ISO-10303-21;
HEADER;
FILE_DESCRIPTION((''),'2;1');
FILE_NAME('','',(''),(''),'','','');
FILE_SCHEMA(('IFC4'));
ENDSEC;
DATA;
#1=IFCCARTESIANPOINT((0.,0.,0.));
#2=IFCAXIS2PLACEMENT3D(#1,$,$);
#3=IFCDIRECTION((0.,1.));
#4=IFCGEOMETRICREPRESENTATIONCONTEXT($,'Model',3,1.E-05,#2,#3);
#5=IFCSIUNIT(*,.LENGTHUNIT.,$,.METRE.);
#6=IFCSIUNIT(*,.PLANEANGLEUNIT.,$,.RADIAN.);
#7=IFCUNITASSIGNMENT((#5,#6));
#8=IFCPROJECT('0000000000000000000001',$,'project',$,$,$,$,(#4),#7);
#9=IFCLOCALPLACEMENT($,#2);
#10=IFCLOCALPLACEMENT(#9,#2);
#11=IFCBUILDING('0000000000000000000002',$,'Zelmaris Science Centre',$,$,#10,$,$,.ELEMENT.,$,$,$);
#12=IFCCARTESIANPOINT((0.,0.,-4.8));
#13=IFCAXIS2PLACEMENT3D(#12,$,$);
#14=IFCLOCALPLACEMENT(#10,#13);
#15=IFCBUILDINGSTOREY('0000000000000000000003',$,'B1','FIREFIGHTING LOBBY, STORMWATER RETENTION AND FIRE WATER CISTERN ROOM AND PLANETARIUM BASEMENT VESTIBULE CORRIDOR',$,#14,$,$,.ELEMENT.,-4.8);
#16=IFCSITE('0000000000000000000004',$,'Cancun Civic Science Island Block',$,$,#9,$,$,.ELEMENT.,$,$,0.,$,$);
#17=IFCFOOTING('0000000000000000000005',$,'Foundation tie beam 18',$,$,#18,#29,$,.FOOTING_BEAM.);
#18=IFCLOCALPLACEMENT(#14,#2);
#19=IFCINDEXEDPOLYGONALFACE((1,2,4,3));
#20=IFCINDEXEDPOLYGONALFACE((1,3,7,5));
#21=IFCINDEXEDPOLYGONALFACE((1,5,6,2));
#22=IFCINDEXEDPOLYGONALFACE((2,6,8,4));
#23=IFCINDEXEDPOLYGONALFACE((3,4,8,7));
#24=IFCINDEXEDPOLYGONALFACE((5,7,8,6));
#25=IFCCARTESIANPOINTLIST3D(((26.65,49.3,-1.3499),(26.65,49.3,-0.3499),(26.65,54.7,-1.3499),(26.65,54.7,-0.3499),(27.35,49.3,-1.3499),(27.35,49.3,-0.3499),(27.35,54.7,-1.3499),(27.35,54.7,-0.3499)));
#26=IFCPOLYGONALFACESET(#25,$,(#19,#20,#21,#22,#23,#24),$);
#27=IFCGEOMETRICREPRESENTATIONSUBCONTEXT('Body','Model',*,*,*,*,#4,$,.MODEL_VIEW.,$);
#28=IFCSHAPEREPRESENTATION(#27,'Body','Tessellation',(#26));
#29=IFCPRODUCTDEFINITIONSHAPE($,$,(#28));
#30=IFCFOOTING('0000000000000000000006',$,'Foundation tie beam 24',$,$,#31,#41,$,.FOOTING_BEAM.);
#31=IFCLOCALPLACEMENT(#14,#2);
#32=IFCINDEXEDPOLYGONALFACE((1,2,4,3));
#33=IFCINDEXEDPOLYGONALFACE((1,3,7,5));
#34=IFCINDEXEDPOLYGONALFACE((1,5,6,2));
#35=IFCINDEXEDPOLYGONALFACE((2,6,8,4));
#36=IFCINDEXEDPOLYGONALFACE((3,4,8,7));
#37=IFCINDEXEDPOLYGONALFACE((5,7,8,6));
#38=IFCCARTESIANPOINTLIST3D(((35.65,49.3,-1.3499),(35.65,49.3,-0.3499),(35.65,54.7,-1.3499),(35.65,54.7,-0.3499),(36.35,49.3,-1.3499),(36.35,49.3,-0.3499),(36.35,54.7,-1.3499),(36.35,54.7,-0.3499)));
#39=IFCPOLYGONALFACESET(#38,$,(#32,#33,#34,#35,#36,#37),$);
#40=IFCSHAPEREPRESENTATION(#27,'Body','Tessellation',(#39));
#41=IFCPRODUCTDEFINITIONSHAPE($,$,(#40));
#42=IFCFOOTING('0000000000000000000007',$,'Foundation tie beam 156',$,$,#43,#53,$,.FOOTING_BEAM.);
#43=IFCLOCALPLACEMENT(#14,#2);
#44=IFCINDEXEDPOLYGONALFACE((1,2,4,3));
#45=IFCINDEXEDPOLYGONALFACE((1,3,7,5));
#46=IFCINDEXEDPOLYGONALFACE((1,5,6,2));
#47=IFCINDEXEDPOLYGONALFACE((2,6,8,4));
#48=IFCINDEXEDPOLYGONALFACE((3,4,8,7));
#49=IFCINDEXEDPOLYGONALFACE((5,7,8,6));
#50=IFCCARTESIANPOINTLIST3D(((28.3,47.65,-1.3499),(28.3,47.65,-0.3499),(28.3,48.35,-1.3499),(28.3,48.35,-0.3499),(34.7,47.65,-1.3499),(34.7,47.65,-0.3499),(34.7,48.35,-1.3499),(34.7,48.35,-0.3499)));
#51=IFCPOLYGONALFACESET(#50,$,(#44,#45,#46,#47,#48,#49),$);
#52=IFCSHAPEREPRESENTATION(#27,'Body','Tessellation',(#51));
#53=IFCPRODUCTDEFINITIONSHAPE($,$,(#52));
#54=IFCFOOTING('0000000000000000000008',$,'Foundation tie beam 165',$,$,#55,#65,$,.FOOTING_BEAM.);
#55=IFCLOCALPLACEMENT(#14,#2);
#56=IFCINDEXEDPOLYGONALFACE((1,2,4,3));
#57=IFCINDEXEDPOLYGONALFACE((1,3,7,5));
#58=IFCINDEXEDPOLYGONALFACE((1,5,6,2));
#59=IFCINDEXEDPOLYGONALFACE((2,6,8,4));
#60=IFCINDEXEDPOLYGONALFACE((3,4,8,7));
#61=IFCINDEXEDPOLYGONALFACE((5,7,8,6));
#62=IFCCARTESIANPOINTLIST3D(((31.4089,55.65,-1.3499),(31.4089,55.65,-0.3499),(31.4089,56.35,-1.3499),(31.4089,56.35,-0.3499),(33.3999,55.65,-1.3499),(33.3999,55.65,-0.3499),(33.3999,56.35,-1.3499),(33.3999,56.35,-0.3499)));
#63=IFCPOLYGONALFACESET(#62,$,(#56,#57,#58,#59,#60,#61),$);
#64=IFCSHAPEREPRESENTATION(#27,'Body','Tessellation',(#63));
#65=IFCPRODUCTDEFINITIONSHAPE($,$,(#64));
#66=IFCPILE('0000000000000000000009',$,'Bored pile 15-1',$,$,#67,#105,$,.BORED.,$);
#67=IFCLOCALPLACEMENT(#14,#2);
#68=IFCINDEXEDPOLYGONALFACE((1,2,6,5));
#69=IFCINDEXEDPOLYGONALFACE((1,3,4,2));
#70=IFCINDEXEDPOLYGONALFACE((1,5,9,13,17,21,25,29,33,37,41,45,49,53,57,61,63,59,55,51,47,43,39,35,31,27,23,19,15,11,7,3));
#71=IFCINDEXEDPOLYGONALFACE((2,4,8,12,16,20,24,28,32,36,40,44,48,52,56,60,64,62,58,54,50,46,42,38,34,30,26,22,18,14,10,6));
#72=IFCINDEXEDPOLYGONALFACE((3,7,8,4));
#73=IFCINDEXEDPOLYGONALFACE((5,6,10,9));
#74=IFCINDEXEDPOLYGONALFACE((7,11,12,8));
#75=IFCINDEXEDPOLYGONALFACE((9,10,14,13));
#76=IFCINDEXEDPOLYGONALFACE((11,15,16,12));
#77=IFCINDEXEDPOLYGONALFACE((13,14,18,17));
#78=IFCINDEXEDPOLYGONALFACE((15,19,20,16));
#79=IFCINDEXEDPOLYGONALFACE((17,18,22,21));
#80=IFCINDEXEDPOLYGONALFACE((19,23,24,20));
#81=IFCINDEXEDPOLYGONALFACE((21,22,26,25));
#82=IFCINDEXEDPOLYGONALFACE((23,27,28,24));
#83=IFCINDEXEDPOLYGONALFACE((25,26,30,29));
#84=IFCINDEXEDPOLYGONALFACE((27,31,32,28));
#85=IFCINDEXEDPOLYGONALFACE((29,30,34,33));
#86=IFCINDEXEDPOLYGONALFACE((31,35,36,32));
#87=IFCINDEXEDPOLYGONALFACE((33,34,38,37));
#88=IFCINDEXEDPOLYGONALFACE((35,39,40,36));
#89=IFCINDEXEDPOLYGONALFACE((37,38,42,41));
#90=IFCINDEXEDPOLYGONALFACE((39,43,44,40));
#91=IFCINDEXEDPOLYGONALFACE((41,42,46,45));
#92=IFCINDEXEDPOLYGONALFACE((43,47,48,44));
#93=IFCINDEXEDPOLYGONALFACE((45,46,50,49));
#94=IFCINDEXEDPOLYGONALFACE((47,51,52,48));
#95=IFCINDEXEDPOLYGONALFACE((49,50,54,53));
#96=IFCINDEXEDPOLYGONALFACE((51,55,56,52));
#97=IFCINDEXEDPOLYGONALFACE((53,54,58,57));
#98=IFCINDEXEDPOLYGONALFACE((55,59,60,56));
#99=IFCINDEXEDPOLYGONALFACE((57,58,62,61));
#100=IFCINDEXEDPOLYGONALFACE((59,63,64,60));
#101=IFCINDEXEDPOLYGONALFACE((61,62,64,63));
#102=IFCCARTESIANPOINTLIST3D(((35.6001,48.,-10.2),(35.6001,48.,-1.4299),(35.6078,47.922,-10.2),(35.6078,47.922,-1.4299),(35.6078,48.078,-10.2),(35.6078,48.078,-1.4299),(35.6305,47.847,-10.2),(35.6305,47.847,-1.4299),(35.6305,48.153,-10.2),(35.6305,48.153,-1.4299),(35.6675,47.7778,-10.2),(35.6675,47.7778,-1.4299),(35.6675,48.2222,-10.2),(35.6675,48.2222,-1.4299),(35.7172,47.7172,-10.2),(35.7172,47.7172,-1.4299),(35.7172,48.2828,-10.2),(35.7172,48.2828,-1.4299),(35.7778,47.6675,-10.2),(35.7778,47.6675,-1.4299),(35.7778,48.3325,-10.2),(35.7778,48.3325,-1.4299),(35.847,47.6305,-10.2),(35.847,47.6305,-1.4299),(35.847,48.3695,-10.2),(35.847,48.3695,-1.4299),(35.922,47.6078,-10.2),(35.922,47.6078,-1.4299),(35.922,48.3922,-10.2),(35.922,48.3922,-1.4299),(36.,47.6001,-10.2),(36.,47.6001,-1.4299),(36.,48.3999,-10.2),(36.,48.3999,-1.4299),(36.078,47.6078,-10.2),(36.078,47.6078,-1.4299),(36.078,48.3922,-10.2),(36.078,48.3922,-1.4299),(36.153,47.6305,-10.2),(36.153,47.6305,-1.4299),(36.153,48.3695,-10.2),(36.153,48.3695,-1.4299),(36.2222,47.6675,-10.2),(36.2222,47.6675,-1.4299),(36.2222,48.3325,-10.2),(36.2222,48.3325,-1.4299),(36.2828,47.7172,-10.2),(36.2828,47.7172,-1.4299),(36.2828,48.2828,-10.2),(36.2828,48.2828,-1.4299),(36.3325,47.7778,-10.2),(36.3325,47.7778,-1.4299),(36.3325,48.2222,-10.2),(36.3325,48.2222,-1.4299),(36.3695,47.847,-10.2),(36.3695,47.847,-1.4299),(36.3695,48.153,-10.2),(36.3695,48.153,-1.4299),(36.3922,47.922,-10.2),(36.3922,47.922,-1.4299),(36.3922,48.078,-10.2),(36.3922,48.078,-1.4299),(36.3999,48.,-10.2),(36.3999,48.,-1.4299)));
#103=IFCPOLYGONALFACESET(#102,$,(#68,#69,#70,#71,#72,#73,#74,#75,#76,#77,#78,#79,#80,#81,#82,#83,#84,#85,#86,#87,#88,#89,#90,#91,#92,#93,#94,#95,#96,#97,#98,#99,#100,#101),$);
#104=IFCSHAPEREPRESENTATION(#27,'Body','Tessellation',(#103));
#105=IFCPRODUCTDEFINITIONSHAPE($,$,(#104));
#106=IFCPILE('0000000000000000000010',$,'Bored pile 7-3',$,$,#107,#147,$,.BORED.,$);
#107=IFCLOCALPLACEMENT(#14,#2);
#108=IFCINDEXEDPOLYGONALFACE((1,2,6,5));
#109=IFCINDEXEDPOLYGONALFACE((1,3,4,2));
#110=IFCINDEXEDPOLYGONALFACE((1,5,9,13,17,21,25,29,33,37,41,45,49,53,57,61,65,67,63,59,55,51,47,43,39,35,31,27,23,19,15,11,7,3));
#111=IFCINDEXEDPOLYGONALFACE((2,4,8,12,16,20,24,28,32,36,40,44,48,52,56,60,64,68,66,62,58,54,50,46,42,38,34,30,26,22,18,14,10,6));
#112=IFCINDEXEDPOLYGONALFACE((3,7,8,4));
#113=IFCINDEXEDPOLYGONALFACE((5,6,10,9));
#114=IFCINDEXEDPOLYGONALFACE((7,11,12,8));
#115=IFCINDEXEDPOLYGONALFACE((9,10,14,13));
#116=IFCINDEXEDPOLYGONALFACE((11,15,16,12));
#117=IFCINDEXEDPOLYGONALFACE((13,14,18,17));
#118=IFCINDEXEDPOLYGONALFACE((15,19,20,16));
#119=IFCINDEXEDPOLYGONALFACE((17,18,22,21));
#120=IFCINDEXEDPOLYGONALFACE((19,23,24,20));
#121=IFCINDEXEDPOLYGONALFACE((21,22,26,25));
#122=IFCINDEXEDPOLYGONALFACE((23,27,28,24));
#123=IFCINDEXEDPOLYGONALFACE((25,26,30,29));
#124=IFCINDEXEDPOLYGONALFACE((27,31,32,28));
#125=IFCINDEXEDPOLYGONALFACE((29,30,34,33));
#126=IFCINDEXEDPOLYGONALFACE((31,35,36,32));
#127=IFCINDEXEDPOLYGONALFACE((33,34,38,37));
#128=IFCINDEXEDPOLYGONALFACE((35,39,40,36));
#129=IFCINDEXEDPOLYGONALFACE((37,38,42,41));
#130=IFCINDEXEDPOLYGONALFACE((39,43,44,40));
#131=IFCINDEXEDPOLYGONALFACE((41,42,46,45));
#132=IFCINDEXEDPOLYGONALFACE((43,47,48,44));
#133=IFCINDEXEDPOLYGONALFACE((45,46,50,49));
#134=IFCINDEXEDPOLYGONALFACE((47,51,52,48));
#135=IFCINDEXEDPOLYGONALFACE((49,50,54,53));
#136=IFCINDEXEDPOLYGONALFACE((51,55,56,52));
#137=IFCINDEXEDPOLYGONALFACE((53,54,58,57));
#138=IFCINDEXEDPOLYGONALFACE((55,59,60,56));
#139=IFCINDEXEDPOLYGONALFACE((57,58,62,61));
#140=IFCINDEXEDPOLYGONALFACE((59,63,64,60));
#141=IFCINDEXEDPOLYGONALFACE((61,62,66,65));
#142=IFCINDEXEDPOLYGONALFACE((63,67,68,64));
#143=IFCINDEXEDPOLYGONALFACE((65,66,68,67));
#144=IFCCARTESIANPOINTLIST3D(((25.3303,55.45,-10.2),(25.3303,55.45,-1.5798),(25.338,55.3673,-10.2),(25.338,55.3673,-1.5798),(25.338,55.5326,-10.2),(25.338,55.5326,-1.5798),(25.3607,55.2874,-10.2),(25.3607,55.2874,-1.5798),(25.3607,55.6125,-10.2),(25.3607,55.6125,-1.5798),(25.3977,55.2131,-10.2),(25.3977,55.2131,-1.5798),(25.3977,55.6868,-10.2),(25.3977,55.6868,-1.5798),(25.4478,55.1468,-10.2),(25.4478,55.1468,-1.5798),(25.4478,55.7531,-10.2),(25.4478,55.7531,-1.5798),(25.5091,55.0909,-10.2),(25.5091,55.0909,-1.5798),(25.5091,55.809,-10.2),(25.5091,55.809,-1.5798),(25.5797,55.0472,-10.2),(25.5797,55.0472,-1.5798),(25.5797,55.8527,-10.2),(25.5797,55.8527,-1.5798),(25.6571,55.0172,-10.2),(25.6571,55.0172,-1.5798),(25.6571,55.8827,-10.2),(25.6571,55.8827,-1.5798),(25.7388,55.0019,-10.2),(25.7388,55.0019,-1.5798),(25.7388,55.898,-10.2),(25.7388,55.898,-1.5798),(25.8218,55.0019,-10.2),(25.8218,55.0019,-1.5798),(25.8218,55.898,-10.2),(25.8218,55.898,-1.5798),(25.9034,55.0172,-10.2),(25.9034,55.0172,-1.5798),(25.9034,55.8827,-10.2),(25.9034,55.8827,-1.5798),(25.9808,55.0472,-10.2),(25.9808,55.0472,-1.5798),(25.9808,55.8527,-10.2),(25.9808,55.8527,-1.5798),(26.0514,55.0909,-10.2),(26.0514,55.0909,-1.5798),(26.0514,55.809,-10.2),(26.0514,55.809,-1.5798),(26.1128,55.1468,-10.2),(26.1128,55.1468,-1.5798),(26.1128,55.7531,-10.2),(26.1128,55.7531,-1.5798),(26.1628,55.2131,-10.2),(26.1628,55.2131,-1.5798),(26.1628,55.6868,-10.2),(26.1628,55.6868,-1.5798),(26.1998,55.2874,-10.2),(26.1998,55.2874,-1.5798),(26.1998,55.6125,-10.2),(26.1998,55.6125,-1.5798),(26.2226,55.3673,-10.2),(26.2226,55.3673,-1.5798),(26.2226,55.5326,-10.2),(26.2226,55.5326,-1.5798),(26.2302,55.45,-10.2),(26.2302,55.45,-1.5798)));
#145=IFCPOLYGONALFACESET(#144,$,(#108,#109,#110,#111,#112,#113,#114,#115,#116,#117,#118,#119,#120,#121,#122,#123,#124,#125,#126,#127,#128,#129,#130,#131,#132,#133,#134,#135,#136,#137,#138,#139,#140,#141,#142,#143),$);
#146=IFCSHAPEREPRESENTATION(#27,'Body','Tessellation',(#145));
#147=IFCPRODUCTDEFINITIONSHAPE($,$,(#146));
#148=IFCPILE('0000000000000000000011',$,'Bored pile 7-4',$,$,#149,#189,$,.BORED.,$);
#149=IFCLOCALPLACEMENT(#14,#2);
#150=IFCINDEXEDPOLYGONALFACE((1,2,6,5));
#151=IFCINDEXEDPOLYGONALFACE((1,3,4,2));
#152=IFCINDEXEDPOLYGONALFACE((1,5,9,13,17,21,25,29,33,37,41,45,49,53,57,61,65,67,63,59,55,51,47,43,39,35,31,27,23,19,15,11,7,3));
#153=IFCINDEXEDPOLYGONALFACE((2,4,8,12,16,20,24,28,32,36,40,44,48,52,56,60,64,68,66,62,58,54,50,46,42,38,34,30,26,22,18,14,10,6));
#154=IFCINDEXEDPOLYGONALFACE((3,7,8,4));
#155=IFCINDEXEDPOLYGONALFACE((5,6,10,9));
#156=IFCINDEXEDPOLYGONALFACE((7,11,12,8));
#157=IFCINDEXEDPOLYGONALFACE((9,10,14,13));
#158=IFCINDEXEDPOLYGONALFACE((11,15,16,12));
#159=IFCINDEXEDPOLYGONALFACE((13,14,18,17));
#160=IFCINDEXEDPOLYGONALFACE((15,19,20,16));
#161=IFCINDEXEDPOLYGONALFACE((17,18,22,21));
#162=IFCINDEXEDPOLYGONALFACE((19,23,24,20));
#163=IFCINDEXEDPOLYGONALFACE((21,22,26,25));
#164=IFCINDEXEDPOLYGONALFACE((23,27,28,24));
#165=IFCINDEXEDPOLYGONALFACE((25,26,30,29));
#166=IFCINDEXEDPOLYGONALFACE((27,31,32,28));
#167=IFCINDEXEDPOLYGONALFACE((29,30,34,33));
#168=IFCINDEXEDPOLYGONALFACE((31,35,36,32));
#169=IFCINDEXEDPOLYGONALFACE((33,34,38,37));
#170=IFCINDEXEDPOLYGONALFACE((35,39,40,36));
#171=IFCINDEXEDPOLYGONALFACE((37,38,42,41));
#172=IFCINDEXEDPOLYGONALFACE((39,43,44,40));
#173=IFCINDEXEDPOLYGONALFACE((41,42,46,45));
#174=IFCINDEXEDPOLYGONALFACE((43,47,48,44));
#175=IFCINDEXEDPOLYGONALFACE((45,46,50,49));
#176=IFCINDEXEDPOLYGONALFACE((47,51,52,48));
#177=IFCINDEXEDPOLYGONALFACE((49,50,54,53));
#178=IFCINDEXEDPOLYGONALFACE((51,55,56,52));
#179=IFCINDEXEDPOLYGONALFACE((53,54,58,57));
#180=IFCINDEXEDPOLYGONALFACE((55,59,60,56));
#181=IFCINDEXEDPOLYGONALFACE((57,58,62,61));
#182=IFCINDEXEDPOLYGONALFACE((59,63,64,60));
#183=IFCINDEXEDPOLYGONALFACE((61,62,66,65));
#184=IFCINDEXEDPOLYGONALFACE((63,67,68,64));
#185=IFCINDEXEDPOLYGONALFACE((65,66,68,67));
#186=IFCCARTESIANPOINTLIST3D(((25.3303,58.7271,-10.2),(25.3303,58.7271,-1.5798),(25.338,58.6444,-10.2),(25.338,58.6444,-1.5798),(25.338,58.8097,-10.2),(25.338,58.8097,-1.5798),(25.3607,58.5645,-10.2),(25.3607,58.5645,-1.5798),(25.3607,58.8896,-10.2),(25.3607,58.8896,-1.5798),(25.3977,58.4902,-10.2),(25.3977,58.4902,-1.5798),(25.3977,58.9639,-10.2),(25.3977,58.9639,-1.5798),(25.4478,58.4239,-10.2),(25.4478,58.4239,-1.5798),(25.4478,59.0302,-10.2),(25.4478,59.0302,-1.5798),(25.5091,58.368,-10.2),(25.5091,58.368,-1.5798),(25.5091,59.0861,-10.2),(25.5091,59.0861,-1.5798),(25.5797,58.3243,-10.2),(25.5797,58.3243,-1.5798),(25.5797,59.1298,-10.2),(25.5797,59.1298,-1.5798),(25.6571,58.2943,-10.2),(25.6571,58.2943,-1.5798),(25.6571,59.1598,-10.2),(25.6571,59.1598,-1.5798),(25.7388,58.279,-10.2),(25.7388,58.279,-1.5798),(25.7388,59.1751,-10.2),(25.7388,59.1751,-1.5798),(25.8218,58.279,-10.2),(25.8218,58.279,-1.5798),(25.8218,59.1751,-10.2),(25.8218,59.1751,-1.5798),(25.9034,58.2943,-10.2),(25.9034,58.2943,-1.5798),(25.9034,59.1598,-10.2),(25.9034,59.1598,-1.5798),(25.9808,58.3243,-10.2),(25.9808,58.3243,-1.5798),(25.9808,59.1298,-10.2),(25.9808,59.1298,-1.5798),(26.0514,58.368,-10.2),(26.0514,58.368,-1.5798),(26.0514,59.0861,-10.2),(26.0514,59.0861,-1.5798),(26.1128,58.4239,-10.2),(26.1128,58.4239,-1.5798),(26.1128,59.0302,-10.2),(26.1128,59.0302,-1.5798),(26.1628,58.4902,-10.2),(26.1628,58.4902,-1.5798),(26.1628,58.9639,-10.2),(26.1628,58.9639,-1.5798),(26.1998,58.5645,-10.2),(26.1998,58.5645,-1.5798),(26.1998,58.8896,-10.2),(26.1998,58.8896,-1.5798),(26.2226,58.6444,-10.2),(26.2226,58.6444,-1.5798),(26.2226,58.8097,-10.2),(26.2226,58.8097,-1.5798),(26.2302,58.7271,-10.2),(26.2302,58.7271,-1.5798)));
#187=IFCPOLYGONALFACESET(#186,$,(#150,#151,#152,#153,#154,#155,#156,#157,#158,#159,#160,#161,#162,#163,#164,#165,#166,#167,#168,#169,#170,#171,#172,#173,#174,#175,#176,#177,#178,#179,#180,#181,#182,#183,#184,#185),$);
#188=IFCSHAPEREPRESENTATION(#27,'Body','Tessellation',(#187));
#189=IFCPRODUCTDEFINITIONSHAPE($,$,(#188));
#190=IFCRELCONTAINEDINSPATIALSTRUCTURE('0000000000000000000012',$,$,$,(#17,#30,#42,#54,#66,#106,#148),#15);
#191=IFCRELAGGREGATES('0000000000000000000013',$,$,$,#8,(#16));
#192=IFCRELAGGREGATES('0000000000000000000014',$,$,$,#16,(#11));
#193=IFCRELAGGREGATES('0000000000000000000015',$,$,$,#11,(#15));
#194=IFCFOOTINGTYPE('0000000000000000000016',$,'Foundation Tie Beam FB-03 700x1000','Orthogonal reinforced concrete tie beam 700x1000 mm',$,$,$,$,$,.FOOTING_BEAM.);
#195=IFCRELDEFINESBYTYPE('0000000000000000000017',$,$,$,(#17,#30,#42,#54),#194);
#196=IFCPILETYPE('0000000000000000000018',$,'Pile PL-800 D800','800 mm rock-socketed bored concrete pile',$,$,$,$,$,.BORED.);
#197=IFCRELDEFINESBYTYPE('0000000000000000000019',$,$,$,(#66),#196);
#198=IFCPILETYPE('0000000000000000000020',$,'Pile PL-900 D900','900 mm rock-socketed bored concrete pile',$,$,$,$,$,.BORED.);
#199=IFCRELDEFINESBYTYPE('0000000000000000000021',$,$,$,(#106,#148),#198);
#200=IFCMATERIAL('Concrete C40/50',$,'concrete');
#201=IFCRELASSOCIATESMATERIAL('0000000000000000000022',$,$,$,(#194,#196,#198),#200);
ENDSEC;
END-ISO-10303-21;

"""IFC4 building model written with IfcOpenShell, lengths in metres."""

from ifc_helpers import new_model, si_unit, direction, frame, origin, origin_2d, place, context, subcontext, project, spatial, rectangle, circle, extrude, material, material_profile, profile_set, type_object, element, save


model = new_model("IFC4")

# Units and contexts
model_context = context("Model", 3, precision=1e-05, world=origin(), true_north=direction((0.0, 1.0)))
body_context = subcontext(model_context, "Body", "Model", "MODEL_VIEW")
ifc_project = project(units=[si_unit("LENGTHUNIT", "METRE"), si_unit("PLANEANGLEUNIT", "RADIAN")], contexts=[model_context])

# Site, building, storey
site_placement = place(None, origin())
site = spatial("IfcSite", under=ifc_project, at=site_placement, Name="Cancun Civic Science Island Block", CompositionType="ELEMENT", RefElevation=0.0)
building_placement = place(site_placement, origin())
building = spatial("IfcBuilding", under=site, at=building_placement, Name="Zelmaris Science Centre", CompositionType="ELEMENT")
storey_placement = place(building_placement, frame((0.0, 0.0, -4.8)))
storey = spatial("IfcBuildingStorey", under=building, at=storey_placement, Name="B1", Description="FIREFIGHTING LOBBY, STORMWATER RETENTION AND FIRE WATER CISTERN ROOM AND PLANETARIUM BASEMENT VESTIBULE CORRIDOR", CompositionType="ELEMENT", Elevation=-4.8)

# Footings
ifc_material_1 = material(Name="Concrete C40/50", Category="concrete")
ifc_material_profile_1 = material_profile(ifc_material_1, rectangle(XDim=0.7, YDim=1.0, at=origin_2d()), Name="FB-700X1000")
ifc_profile_set_1 = profile_set([ifc_material_profile_1], Name="Concrete C40/50")
footing_type = type_object("IfcFootingType", Name="Foundation Tie Beam FB-03 700x1000", Description="Orthogonal reinforced concrete tie beam 700x1000 mm", PredefinedType="FOOTING_BEAM", material=ifc_profile_set_1)
for number, where, z_axis, x_axis, name in (
    (1, (27.0, 49.3, -0.8499), (0.0, 1.0, 0.0), (-1.0, 0.0, 0.0), "Foundation tie beam 18"),
    (2, (36.0, 49.3, -0.8499), (0.0, 1.0, 0.0), (-1.0, 0.0, 0.0), "Foundation tie beam 24"),
):
    element("IfcFooting", number, at=place(storey_placement, frame(where, z_axis=z_axis, x_axis=x_axis)), inside=storey, type_object=footing_type, Name=name, PredefinedType="FOOTING_BEAM", context=body_context, shape_type="SweptSolid", body=[
        extrude(rectangle(XDim=0.7, YDim=1.0, at=origin_2d()), origin(), (0.0, 0.0, 1.0), 5.3999),
    ])
footing_1_placement = place(storey_placement, frame((28.3, 48.0, -0.8499), z_axis=(1.0, 0.0, 0.0), x_axis=(0.0, 1.0, 0.0)))
element("IfcFooting", 3, at=footing_1_placement, inside=storey, type_object=footing_type, Name="Foundation tie beam 156", PredefinedType="FOOTING_BEAM", context=body_context, shape_type="SweptSolid", body=[
    extrude(rectangle(XDim=0.7, YDim=1.0, at=origin_2d()), origin(), (0.0, 0.0, 1.0), 6.3999),
])
footing_2_placement = place(storey_placement, frame((31.4089, 56.0, -0.8499), z_axis=(1.0, 0.0, 0.0), x_axis=(0.0, 1.0, 0.0)))
element("IfcFooting", 4, at=footing_2_placement, inside=storey, type_object=footing_type, Name="Foundation tie beam 165", PredefinedType="FOOTING_BEAM", context=body_context, shape_type="SweptSolid", body=[
    extrude(rectangle(XDim=0.7, YDim=1.0, at=origin_2d()), origin(), (0.0, 0.0, 1.0), 1.991),
])

# Piles
ifc_material_profile_2 = material_profile(ifc_material_1, circle(Radius=0.3999, at=origin_2d()), Name="PILE-800")
ifc_profile_set_2 = profile_set([ifc_material_profile_2], Name="Concrete C40/50")
pile_type_1 = type_object("IfcPileType", Name="Pile PL-800 D800", Description="800 mm rock-socketed bored concrete pile", PredefinedType="BORED", material=ifc_profile_set_2)
pile_placement = place(storey_placement, frame((36.0, 48.0, -1.4299), z_axis=(0.0, 0.0, -1.0), x_axis=(1.0, 0.0, 0.0)))
element("IfcPile", 5, at=pile_placement, inside=storey, type_object=pile_type_1, Name="Bored pile 15-1", PredefinedType="BORED", context=body_context, shape_type="SweptSolid", body=[
    extrude(circle(Radius=0.3999, at=origin_2d()), origin(), (0.0, 0.0, 1.0), 8.77),
])
ifc_material_profile_3 = material_profile(ifc_material_1, circle(Radius=0.45, at=origin_2d()), Name="PILE-900")
ifc_profile_set_3 = profile_set([ifc_material_profile_3], Name="Concrete C40/50")
pile_type_2 = type_object("IfcPileType", Name="Pile PL-900 D900", Description="900 mm rock-socketed bored concrete pile", PredefinedType="BORED", material=ifc_profile_set_3)
for number, where, z_axis, x_axis, name in (
    (6, (25.7803, 55.45, -1.5798), (0.0, 0.0, -1.0), (1.0, 0.0, 0.0), "Bored pile 7-3"),
    (7, (25.7803, 58.7271, -1.5798), (0.0, 0.0, -1.0), (1.0, 0.0, 0.0), "Bored pile 7-4"),
):
    element("IfcPile", number, at=place(storey_placement, frame(where, z_axis=z_axis, x_axis=x_axis)), inside=storey, type_object=pile_type_2, Name=name, PredefinedType="BORED", context=body_context, shape_type="SweptSolid", body=[
        extrude(circle(Radius=0.45, at=origin_2d()), origin(), (0.0, 0.0, 1.0), 8.6201),
    ])

save(model, "model.ifc")
